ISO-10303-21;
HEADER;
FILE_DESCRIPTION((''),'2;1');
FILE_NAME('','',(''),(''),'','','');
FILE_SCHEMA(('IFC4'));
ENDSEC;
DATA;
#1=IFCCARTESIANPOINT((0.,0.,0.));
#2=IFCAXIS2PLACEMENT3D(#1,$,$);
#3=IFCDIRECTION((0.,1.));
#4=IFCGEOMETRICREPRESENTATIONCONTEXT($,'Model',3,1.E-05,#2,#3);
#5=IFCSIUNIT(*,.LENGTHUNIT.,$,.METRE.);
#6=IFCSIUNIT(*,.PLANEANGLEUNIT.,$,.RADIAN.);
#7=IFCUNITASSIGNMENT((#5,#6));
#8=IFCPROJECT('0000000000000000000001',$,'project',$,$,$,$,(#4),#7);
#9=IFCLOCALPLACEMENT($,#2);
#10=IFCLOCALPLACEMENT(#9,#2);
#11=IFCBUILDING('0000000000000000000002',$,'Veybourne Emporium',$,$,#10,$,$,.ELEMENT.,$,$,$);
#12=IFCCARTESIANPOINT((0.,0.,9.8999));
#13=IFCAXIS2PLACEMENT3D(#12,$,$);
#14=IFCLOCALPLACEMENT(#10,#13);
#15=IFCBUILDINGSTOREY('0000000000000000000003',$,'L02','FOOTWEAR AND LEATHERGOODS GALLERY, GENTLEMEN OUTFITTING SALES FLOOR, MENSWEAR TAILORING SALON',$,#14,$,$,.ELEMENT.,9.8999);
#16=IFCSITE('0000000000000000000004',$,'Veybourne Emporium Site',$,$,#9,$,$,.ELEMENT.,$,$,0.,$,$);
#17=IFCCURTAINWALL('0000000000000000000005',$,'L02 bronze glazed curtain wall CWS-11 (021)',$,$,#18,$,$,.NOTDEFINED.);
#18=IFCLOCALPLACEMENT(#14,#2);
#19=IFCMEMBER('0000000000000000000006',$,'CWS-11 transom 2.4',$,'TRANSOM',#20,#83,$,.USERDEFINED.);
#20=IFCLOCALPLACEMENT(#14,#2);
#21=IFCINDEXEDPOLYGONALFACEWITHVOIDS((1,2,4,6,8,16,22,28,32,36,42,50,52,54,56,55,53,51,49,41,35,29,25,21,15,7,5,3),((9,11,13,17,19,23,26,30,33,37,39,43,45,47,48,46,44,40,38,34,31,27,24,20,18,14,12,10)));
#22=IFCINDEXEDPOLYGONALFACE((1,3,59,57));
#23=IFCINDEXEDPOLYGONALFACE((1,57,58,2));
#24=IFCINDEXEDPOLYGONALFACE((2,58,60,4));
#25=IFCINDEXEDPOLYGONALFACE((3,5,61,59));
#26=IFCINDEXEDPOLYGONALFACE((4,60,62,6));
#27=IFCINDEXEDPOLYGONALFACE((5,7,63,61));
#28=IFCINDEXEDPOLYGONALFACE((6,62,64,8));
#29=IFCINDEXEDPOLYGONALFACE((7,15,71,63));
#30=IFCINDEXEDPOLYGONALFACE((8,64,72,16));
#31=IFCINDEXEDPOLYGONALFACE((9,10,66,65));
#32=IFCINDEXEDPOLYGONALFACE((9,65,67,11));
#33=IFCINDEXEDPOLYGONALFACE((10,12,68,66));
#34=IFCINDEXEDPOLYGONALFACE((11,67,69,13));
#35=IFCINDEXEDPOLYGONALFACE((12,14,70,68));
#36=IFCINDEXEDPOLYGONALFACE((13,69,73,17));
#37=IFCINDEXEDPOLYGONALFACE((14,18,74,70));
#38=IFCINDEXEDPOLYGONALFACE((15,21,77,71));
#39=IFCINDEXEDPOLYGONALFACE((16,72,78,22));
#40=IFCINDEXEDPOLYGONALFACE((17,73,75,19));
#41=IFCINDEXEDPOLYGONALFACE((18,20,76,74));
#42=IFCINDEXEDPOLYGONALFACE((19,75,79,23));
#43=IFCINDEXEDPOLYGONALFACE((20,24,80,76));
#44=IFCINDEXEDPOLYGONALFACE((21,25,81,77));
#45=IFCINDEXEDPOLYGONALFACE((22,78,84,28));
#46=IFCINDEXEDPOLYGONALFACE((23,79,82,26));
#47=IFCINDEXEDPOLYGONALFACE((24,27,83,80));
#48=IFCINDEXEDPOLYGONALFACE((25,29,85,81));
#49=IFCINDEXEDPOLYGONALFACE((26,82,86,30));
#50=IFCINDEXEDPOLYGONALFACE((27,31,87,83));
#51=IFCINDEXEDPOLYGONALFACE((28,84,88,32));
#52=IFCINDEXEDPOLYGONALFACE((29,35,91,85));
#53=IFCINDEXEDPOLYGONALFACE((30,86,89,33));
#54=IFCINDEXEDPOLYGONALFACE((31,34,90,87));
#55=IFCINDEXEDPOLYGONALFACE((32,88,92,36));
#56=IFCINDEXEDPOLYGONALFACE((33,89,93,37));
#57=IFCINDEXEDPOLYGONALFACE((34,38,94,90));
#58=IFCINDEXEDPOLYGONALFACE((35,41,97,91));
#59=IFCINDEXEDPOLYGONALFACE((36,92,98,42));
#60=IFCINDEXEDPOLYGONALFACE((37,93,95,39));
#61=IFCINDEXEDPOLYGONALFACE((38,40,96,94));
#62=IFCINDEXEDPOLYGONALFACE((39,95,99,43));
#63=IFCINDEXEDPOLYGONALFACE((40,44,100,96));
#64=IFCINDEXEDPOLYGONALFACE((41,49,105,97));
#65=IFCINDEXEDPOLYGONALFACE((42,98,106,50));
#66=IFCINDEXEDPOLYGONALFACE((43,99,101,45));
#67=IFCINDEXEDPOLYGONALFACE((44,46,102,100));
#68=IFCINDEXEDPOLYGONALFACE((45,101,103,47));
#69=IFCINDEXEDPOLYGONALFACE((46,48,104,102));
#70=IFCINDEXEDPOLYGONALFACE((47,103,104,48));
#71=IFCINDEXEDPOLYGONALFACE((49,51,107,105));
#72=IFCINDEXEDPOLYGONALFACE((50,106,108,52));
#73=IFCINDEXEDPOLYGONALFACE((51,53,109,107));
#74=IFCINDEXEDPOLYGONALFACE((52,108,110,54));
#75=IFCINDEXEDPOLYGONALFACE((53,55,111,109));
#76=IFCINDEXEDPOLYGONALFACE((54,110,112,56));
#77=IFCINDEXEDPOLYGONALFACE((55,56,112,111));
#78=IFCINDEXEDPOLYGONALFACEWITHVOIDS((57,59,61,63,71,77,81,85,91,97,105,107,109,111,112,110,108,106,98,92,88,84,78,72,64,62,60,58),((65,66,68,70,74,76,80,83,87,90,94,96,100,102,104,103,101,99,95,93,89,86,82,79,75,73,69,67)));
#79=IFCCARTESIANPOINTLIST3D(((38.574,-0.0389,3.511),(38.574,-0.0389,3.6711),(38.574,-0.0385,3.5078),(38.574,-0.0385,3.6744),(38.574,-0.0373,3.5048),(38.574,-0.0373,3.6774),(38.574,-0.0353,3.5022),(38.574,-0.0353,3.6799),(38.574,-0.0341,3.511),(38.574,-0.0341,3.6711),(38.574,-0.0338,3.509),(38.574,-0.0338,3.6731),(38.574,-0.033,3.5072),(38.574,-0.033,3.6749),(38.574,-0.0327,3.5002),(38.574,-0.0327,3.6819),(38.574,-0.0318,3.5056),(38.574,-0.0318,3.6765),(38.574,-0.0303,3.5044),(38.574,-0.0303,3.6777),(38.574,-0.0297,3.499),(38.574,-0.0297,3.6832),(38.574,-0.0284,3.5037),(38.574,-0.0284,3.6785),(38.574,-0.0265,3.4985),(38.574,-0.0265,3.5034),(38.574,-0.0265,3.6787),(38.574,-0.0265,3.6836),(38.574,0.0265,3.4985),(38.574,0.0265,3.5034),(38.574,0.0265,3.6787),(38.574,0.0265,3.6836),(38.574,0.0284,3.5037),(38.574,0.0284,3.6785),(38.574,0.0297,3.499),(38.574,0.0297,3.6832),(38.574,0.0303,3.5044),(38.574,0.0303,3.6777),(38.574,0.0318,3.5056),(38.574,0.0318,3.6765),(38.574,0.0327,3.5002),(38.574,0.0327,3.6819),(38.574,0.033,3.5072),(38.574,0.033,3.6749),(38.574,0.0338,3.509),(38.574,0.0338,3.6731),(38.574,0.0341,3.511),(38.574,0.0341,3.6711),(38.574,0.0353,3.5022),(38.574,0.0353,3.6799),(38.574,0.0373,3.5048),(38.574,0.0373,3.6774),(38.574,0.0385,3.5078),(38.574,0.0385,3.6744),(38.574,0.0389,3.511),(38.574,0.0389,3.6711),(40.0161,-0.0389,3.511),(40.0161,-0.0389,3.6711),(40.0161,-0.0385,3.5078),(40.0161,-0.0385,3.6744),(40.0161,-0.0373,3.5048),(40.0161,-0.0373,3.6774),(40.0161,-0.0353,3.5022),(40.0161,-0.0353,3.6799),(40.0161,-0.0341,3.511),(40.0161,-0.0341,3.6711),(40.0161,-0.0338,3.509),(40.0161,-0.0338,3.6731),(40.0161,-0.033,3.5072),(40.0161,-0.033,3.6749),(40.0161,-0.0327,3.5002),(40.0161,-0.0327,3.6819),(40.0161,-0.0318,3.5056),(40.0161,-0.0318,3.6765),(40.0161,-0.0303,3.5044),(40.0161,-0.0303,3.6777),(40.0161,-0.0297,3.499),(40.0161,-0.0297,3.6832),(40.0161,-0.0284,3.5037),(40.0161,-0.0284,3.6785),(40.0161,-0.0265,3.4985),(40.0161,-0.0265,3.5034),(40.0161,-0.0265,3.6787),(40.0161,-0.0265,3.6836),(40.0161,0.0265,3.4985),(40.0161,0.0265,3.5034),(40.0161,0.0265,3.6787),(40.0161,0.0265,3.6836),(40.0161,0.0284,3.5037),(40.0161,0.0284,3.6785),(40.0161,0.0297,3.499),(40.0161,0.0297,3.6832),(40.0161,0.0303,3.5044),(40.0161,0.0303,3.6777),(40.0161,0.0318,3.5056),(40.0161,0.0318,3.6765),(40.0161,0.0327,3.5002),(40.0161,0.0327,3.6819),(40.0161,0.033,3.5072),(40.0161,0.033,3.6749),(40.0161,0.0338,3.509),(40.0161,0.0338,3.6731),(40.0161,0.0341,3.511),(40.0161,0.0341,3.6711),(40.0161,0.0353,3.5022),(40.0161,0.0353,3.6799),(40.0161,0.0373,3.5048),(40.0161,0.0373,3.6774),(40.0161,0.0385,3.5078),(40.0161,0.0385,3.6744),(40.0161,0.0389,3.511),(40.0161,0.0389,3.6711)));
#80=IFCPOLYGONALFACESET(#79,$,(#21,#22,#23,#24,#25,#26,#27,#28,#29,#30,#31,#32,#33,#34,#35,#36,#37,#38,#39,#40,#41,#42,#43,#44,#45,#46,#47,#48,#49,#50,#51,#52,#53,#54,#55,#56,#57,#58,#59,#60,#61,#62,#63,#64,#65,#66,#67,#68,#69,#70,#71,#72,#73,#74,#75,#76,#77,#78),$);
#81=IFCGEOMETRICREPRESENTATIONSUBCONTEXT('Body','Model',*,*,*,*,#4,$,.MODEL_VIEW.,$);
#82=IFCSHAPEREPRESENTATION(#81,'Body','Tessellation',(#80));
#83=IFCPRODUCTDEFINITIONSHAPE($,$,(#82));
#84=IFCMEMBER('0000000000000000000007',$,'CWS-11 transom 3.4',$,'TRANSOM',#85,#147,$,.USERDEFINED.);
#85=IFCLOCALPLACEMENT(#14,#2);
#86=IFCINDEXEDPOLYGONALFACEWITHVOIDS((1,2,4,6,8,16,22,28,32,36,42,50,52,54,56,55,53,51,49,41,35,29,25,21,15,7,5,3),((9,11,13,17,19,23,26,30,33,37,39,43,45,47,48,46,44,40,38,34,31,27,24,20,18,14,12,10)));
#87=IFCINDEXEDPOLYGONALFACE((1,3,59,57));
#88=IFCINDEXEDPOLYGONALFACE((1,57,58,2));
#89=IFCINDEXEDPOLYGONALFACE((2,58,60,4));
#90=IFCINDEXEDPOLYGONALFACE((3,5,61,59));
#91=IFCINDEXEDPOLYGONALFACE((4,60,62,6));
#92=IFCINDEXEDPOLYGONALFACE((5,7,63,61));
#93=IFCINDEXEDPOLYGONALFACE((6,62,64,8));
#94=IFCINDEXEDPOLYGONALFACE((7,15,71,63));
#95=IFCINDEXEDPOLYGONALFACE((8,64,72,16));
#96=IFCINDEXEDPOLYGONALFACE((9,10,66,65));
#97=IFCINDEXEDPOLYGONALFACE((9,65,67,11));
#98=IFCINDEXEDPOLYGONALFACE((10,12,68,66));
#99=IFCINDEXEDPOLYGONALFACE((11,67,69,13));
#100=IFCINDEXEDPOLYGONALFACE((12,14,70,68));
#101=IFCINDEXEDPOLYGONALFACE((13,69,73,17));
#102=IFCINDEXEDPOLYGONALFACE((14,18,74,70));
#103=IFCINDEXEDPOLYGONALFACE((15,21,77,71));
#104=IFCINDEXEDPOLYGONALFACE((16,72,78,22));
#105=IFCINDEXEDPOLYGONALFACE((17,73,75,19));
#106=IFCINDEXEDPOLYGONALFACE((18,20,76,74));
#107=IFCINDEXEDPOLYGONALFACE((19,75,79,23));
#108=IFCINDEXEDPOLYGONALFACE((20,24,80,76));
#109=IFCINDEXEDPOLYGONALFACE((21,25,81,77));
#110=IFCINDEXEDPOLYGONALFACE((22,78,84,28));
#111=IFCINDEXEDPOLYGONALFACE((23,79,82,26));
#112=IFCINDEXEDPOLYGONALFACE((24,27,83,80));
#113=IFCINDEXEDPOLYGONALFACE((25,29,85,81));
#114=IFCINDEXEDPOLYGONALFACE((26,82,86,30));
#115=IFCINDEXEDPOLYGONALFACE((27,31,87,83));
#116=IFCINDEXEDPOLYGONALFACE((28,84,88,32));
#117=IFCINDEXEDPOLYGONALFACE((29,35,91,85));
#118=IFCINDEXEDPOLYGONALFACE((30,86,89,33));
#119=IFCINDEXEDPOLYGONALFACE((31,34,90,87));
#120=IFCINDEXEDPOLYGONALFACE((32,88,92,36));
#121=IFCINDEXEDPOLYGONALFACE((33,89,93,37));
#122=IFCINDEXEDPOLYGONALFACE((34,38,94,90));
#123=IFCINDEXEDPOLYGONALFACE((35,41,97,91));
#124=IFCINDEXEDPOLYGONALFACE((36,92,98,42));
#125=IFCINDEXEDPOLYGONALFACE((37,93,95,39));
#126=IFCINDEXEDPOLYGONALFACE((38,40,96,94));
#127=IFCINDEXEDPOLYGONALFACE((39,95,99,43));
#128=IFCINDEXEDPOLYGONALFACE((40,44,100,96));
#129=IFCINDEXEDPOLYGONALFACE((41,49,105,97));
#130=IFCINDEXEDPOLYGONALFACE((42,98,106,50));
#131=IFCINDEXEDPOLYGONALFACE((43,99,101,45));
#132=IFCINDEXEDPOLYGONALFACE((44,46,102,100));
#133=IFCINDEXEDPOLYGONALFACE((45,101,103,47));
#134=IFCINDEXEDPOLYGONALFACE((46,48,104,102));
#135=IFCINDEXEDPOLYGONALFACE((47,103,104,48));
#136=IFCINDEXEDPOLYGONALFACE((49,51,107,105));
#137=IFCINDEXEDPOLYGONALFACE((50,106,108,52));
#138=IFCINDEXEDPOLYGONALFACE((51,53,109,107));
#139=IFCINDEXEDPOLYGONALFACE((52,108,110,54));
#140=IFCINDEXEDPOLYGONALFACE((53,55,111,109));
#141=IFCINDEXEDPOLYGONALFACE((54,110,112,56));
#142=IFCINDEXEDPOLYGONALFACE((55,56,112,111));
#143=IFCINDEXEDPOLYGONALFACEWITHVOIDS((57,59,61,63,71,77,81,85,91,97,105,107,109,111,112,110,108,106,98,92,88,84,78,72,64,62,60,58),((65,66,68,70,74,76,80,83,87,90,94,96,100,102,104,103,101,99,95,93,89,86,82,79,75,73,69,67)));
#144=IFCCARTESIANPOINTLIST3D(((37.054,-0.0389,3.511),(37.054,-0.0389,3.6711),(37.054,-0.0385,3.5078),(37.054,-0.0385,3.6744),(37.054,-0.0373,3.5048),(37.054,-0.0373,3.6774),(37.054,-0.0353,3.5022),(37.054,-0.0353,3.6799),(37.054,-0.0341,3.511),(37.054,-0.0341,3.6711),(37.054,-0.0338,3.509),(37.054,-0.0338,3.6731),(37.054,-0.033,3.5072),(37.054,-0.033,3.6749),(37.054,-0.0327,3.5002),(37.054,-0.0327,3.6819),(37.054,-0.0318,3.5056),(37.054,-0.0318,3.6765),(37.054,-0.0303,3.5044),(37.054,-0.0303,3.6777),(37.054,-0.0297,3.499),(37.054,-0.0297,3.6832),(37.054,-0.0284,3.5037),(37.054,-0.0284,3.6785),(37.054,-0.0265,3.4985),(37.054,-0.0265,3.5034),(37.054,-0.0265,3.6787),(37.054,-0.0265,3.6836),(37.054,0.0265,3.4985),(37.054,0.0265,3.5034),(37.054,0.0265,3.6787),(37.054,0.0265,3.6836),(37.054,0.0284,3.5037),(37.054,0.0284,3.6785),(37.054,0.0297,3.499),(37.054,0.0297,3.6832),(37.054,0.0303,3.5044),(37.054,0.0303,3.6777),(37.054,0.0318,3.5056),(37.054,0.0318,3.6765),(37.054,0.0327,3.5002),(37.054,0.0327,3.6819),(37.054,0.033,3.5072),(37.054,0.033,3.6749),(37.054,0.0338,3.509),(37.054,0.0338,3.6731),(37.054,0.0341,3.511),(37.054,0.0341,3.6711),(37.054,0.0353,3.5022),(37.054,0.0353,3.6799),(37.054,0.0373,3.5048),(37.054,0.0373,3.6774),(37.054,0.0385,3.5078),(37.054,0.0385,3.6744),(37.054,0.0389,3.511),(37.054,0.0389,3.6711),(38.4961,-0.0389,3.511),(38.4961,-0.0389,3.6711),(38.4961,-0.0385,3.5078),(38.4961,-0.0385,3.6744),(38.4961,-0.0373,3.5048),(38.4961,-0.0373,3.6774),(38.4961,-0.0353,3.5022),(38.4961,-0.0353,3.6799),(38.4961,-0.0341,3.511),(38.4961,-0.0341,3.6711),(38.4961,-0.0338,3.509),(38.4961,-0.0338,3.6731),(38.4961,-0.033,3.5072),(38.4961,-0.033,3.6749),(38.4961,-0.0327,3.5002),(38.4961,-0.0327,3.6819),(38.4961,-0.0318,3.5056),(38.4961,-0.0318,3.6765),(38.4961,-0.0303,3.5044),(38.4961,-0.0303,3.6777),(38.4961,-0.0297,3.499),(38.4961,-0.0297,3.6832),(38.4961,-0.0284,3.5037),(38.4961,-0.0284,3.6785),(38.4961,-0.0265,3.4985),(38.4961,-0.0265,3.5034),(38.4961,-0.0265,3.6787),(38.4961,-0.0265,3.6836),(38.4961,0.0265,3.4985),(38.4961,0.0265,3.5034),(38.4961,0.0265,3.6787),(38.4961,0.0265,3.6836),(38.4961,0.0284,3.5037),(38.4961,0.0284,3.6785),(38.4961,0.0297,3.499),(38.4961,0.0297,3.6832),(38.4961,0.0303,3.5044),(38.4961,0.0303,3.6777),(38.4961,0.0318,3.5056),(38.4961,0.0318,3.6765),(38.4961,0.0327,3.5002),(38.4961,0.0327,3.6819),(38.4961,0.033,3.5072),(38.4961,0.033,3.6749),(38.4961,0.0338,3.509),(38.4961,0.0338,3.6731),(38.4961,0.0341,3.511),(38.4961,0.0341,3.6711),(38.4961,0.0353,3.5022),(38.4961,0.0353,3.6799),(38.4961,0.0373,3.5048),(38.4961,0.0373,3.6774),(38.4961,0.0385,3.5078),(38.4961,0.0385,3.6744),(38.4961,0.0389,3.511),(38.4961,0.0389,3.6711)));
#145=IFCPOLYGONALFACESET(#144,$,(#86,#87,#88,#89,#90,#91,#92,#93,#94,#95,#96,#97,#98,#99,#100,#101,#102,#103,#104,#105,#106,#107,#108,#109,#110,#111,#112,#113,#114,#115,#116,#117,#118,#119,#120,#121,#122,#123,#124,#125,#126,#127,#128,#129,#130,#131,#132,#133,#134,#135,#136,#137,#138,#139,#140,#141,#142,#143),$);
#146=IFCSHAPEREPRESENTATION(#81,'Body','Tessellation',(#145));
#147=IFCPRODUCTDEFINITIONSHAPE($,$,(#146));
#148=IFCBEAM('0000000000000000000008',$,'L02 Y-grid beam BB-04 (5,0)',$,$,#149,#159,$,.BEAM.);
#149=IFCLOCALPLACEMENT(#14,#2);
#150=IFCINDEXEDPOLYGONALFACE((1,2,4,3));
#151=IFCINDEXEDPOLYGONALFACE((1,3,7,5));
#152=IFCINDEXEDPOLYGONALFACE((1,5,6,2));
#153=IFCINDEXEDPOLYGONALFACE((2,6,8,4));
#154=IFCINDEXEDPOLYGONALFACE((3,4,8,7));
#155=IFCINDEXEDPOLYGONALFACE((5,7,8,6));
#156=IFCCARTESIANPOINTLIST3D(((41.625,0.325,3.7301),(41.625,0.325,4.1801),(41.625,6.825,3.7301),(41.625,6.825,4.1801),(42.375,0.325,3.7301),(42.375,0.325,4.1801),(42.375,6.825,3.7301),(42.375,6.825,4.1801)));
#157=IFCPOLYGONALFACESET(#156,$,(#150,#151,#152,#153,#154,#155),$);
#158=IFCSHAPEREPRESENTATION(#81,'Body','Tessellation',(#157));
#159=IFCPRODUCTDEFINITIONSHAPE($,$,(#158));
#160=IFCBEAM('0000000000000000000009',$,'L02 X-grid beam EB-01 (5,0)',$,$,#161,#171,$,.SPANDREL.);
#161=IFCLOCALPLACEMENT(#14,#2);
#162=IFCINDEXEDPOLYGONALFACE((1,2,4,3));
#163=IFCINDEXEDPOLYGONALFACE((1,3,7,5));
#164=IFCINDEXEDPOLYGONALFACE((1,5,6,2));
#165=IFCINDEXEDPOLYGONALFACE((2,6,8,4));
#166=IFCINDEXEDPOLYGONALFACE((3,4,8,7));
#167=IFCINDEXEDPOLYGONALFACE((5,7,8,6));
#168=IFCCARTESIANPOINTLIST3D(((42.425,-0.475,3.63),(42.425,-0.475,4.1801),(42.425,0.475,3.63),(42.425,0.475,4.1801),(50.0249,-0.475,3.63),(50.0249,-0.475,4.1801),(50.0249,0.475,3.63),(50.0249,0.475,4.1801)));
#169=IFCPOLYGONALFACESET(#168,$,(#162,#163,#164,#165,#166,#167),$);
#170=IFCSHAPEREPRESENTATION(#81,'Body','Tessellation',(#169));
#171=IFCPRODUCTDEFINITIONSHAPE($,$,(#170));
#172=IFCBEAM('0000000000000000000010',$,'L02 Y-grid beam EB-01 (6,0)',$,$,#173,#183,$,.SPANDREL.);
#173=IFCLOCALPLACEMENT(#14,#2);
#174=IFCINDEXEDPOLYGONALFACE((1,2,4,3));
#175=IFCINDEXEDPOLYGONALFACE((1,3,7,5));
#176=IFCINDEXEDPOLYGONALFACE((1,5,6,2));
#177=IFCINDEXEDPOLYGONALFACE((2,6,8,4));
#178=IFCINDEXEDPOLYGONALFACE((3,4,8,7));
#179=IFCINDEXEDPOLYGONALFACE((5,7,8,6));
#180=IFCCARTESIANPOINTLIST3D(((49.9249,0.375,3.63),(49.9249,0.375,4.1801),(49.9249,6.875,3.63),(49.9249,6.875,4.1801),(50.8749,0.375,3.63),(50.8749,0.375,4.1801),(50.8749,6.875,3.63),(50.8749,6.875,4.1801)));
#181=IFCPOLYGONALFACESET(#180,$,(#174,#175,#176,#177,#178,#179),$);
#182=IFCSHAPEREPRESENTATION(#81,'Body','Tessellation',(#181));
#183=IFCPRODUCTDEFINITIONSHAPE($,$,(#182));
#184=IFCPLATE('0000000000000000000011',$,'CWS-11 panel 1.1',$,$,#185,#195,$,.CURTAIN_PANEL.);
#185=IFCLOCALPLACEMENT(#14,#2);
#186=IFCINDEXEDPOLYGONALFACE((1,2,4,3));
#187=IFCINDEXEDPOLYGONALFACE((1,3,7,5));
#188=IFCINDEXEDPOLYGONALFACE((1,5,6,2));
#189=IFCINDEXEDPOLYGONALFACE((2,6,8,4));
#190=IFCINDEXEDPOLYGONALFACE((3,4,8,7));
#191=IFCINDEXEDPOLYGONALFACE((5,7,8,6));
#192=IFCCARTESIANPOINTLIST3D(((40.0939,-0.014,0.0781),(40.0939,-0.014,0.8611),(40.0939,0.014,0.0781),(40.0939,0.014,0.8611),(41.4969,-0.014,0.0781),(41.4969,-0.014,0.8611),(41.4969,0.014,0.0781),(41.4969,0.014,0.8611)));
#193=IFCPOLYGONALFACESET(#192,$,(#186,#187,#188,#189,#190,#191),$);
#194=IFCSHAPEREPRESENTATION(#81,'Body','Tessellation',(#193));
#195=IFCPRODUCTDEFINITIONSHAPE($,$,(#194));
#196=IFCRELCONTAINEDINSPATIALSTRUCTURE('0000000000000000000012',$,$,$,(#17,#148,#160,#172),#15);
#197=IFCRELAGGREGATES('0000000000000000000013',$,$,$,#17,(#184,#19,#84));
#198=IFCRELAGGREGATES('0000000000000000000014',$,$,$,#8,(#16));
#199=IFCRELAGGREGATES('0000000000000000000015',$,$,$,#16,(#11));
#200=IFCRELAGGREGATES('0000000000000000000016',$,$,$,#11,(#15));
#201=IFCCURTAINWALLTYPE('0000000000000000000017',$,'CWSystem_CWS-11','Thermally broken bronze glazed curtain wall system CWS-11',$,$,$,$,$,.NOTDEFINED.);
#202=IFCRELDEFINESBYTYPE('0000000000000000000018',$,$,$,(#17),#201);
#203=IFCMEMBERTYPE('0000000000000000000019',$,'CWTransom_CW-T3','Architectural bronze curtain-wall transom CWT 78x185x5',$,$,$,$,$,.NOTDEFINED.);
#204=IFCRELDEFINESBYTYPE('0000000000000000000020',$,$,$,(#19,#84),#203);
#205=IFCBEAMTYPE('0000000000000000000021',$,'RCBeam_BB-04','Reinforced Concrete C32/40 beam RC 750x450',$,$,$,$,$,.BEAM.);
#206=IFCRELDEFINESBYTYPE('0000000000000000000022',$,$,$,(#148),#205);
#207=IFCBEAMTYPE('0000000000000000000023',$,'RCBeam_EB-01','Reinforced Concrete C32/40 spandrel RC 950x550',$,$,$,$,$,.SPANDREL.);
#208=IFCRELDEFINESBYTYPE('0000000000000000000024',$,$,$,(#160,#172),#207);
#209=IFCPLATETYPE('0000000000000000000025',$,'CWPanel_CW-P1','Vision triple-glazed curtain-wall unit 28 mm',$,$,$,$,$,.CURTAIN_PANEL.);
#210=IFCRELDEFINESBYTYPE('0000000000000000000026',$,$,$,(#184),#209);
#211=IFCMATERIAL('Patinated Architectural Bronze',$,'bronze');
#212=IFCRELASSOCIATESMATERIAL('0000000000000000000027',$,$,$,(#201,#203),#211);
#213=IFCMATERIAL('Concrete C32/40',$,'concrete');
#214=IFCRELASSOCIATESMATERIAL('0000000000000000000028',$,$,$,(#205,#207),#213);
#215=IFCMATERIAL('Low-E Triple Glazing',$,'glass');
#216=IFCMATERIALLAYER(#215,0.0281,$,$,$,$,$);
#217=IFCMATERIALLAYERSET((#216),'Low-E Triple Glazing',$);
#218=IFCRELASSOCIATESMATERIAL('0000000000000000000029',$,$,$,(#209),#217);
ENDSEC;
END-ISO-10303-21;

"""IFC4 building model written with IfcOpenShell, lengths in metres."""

from ifc_helpers import new_model, si_unit, direction, frame, origin, origin_2d, place, context, subcontext, project, spatial, rectangle, hollow_rectangle, extrude, material, layer, layer_set, material_profile, profile_set, type_object, element, aggregate, save


model = new_model("IFC4")

# Units and contexts
model_context = context("Model", 3, precision=1e-05, world=origin(), true_north=direction((0.0, 1.0)))
body_context = subcontext(model_context, "Body", "Model", "MODEL_VIEW")
ifc_project = project(units=[si_unit("LENGTHUNIT", "METRE"), si_unit("PLANEANGLEUNIT", "RADIAN")], contexts=[model_context])

# Site, building, storey
site_placement = place(None, origin())
site = spatial("IfcSite", under=ifc_project, at=site_placement, Name="Veybourne Emporium Site", CompositionType="ELEMENT", RefElevation=0.0)
building_placement = place(site_placement, origin())
building = spatial("IfcBuilding", under=site, at=building_placement, Name="Veybourne Emporium", CompositionType="ELEMENT")
storey_placement = place(building_placement, frame((0.0, 0.0, 9.8999)))
storey = spatial("IfcBuildingStorey", under=building, at=storey_placement, Name="L02", Description="FOOTWEAR AND LEATHERGOODS GALLERY, GENTLEMEN OUTFITTING SALES FLOOR, MENSWEAR TAILORING SALON", CompositionType="ELEMENT", Elevation=9.8999)

# Shared definitions
ifc_material_1 = material(Name="Patinated Architectural Bronze", Category="bronze")

# Curtain wall
curtain_wall_type_1 = type_object("IfcCurtainWallType", Name="CWSystem_CWS-11", Description="Thermally broken bronze glazed curtain wall system CWS-11", PredefinedType="NOTDEFINED", material=ifc_material_1)
curtain_wall_1_placement = place(storey_placement, origin())
curtain_wall_1 = element("IfcCurtainWall", 1, at=curtain_wall_1_placement, inside=storey, type_object=curtain_wall_type_1, Name="L02 bronze glazed curtain wall CWS-11 (021)", PredefinedType="NOTDEFINED")

# Members
ifc_material_profile_1 = material_profile(ifc_material_1, hollow_rectangle(XDim=0.0779, YDim=0.1851, WallThickness=0.0049, InnerFilletRadius=0.0076, OuterFilletRadius=0.0125, at=origin_2d()), Name="CWT 78x185x5")
ifc_profile_set_1 = profile_set([ifc_material_profile_1], Name="Patinated Architectural Bronze")
member_type_1 = type_object("IfcMemberType", Name="CWTransom_CW-T3", Description="Architectural bronze curtain-wall transom CWT 78x185x5", PredefinedType="NOTDEFINED", material=ifc_profile_set_1)
member_1_placement = place(storey_placement, frame((40.0161, 0.0, 3.5911), z_axis=(-1.0, 0.0, 0.0), x_axis=(0.0, -1.0, 0.0)))
member_1 = element("IfcMember", 2, at=member_1_placement, type_object=member_type_1, Name="CWS-11 transom 2.4", ObjectType="TRANSOM", PredefinedType="USERDEFINED", context=body_context, shape_type="SweptSolid", body=[
    extrude(hollow_rectangle(XDim=0.0779, YDim=0.1851, WallThickness=0.0049, InnerFilletRadius=0.0076, OuterFilletRadius=0.0125, at=origin_2d()), origin(), (0.0, 0.0, 1.0), 1.4421),
])
member_2_placement = place(storey_placement, frame((38.4961, 0.0, 3.5911), z_axis=(-1.0, 0.0, 0.0), x_axis=(0.0, -1.0, 0.0)))
member_2 = element("IfcMember", 3, at=member_2_placement, type_object=member_type_1, Name="CWS-11 transom 3.4", ObjectType="TRANSOM", PredefinedType="USERDEFINED", context=body_context, shape_type="SweptSolid", body=[
    extrude(hollow_rectangle(XDim=0.0779, YDim=0.1851, WallThickness=0.0049, InnerFilletRadius=0.0076, OuterFilletRadius=0.0125, at=origin_2d()), origin(), (0.0, 0.0, 1.0), 1.4421),
])

# Beams
ifc_material_2 = material(Name="Concrete C32/40", Category="concrete")
ifc_material_profile_2 = material_profile(ifc_material_2, rectangle(XDim=0.75, YDim=0.45, at=origin_2d()), Name="RC 750x450")
ifc_profile_set_2 = profile_set([ifc_material_profile_2], Name="Concrete C32/40")
beam_type_1 = type_object("IfcBeamType", Name="RCBeam_BB-04", Description="Reinforced Concrete C32/40 beam RC 750x450", PredefinedType="BEAM", material=ifc_profile_set_2)
beam_1_placement = place(storey_placement, frame((42.0, 0.325, 3.9551), z_axis=(0.0, 1.0, 0.0), x_axis=(-1.0, 0.0, 0.0)))
element("IfcBeam", 4, at=beam_1_placement, inside=storey, type_object=beam_type_1, Name="L02 Y-grid beam BB-04 (5,0)", PredefinedType="BEAM", context=body_context, shape_type="SweptSolid", body=[
    extrude(rectangle(XDim=0.75, YDim=0.45, at=origin_2d()), origin(), (0.0, 0.0, 1.0), 6.5),
])
ifc_material_profile_3 = material_profile(ifc_material_2, rectangle(XDim=0.95, YDim=0.55, at=origin_2d()), Name="RC 950x550")
ifc_profile_set_3 = profile_set([ifc_material_profile_3], Name="Concrete C32/40")
beam_type_2 = type_object("IfcBeamType", Name="RCBeam_EB-01", Description="Reinforced Concrete C32/40 spandrel RC 950x550", PredefinedType="SPANDREL", material=ifc_profile_set_3)
beam_2_placement = place(storey_placement, frame((42.425, 0.0, 3.905), z_axis=(1.0, 0.0, 0.0), x_axis=(0.0, 1.0, 0.0)))
element("IfcBeam", 5, at=beam_2_placement, inside=storey, type_object=beam_type_2, Name="L02 X-grid beam EB-01 (5,0)", PredefinedType="SPANDREL", context=body_context, shape_type="SweptSolid", body=[
    extrude(rectangle(XDim=0.95, YDim=0.55, at=origin_2d()), origin(), (0.0, 0.0, 1.0), 7.5999),
])
beam_3_placement = place(storey_placement, frame((50.3999, 0.375, 3.905), z_axis=(0.0, 1.0, 0.0), x_axis=(-1.0, 0.0, 0.0)))
element("IfcBeam", 6, at=beam_3_placement, inside=storey, type_object=beam_type_2, Name="L02 Y-grid beam EB-01 (6,0)", PredefinedType="SPANDREL", context=body_context, shape_type="SweptSolid", body=[
    extrude(rectangle(XDim=0.95, YDim=0.55, at=origin_2d()), origin(), (0.0, 0.0, 1.0), 6.5),
])

# Plate
ifc_material_3 = material(Name="Low-E Triple Glazing", Category="glass")
ifc_layer_1 = layer(ifc_material_3, 0.0281)
ifc_layer_set_1 = layer_set([ifc_layer_1], Name="Low-E Triple Glazing")
plate_type = type_object("IfcPlateType", Name="CWPanel_CW-P1", Description="Vision triple-glazed curtain-wall unit 28 mm", PredefinedType="CURTAIN_PANEL", material=ifc_layer_set_1)
plate_1_placement = place(storey_placement, frame((40.7954, 0.0, 0.0781), z_axis=(0.0, 0.0, 1.0), x_axis=(-1.0, 0.0, 0.0)))
plate_1 = element("IfcPlate", 7, at=plate_1_placement, type_object=plate_type, Name="CWS-11 panel 1.1", PredefinedType="CURTAIN_PANEL", context=body_context, shape_type="SweptSolid", body=[
    extrude(rectangle(XDim=1.4031, YDim=0.0281, at=origin_2d()), origin(), (0.0, 0.0, 1.0), 0.783),
])
aggregate(curtain_wall_1, [plate_1, member_1, member_2])

save(model, "model.ifc")
